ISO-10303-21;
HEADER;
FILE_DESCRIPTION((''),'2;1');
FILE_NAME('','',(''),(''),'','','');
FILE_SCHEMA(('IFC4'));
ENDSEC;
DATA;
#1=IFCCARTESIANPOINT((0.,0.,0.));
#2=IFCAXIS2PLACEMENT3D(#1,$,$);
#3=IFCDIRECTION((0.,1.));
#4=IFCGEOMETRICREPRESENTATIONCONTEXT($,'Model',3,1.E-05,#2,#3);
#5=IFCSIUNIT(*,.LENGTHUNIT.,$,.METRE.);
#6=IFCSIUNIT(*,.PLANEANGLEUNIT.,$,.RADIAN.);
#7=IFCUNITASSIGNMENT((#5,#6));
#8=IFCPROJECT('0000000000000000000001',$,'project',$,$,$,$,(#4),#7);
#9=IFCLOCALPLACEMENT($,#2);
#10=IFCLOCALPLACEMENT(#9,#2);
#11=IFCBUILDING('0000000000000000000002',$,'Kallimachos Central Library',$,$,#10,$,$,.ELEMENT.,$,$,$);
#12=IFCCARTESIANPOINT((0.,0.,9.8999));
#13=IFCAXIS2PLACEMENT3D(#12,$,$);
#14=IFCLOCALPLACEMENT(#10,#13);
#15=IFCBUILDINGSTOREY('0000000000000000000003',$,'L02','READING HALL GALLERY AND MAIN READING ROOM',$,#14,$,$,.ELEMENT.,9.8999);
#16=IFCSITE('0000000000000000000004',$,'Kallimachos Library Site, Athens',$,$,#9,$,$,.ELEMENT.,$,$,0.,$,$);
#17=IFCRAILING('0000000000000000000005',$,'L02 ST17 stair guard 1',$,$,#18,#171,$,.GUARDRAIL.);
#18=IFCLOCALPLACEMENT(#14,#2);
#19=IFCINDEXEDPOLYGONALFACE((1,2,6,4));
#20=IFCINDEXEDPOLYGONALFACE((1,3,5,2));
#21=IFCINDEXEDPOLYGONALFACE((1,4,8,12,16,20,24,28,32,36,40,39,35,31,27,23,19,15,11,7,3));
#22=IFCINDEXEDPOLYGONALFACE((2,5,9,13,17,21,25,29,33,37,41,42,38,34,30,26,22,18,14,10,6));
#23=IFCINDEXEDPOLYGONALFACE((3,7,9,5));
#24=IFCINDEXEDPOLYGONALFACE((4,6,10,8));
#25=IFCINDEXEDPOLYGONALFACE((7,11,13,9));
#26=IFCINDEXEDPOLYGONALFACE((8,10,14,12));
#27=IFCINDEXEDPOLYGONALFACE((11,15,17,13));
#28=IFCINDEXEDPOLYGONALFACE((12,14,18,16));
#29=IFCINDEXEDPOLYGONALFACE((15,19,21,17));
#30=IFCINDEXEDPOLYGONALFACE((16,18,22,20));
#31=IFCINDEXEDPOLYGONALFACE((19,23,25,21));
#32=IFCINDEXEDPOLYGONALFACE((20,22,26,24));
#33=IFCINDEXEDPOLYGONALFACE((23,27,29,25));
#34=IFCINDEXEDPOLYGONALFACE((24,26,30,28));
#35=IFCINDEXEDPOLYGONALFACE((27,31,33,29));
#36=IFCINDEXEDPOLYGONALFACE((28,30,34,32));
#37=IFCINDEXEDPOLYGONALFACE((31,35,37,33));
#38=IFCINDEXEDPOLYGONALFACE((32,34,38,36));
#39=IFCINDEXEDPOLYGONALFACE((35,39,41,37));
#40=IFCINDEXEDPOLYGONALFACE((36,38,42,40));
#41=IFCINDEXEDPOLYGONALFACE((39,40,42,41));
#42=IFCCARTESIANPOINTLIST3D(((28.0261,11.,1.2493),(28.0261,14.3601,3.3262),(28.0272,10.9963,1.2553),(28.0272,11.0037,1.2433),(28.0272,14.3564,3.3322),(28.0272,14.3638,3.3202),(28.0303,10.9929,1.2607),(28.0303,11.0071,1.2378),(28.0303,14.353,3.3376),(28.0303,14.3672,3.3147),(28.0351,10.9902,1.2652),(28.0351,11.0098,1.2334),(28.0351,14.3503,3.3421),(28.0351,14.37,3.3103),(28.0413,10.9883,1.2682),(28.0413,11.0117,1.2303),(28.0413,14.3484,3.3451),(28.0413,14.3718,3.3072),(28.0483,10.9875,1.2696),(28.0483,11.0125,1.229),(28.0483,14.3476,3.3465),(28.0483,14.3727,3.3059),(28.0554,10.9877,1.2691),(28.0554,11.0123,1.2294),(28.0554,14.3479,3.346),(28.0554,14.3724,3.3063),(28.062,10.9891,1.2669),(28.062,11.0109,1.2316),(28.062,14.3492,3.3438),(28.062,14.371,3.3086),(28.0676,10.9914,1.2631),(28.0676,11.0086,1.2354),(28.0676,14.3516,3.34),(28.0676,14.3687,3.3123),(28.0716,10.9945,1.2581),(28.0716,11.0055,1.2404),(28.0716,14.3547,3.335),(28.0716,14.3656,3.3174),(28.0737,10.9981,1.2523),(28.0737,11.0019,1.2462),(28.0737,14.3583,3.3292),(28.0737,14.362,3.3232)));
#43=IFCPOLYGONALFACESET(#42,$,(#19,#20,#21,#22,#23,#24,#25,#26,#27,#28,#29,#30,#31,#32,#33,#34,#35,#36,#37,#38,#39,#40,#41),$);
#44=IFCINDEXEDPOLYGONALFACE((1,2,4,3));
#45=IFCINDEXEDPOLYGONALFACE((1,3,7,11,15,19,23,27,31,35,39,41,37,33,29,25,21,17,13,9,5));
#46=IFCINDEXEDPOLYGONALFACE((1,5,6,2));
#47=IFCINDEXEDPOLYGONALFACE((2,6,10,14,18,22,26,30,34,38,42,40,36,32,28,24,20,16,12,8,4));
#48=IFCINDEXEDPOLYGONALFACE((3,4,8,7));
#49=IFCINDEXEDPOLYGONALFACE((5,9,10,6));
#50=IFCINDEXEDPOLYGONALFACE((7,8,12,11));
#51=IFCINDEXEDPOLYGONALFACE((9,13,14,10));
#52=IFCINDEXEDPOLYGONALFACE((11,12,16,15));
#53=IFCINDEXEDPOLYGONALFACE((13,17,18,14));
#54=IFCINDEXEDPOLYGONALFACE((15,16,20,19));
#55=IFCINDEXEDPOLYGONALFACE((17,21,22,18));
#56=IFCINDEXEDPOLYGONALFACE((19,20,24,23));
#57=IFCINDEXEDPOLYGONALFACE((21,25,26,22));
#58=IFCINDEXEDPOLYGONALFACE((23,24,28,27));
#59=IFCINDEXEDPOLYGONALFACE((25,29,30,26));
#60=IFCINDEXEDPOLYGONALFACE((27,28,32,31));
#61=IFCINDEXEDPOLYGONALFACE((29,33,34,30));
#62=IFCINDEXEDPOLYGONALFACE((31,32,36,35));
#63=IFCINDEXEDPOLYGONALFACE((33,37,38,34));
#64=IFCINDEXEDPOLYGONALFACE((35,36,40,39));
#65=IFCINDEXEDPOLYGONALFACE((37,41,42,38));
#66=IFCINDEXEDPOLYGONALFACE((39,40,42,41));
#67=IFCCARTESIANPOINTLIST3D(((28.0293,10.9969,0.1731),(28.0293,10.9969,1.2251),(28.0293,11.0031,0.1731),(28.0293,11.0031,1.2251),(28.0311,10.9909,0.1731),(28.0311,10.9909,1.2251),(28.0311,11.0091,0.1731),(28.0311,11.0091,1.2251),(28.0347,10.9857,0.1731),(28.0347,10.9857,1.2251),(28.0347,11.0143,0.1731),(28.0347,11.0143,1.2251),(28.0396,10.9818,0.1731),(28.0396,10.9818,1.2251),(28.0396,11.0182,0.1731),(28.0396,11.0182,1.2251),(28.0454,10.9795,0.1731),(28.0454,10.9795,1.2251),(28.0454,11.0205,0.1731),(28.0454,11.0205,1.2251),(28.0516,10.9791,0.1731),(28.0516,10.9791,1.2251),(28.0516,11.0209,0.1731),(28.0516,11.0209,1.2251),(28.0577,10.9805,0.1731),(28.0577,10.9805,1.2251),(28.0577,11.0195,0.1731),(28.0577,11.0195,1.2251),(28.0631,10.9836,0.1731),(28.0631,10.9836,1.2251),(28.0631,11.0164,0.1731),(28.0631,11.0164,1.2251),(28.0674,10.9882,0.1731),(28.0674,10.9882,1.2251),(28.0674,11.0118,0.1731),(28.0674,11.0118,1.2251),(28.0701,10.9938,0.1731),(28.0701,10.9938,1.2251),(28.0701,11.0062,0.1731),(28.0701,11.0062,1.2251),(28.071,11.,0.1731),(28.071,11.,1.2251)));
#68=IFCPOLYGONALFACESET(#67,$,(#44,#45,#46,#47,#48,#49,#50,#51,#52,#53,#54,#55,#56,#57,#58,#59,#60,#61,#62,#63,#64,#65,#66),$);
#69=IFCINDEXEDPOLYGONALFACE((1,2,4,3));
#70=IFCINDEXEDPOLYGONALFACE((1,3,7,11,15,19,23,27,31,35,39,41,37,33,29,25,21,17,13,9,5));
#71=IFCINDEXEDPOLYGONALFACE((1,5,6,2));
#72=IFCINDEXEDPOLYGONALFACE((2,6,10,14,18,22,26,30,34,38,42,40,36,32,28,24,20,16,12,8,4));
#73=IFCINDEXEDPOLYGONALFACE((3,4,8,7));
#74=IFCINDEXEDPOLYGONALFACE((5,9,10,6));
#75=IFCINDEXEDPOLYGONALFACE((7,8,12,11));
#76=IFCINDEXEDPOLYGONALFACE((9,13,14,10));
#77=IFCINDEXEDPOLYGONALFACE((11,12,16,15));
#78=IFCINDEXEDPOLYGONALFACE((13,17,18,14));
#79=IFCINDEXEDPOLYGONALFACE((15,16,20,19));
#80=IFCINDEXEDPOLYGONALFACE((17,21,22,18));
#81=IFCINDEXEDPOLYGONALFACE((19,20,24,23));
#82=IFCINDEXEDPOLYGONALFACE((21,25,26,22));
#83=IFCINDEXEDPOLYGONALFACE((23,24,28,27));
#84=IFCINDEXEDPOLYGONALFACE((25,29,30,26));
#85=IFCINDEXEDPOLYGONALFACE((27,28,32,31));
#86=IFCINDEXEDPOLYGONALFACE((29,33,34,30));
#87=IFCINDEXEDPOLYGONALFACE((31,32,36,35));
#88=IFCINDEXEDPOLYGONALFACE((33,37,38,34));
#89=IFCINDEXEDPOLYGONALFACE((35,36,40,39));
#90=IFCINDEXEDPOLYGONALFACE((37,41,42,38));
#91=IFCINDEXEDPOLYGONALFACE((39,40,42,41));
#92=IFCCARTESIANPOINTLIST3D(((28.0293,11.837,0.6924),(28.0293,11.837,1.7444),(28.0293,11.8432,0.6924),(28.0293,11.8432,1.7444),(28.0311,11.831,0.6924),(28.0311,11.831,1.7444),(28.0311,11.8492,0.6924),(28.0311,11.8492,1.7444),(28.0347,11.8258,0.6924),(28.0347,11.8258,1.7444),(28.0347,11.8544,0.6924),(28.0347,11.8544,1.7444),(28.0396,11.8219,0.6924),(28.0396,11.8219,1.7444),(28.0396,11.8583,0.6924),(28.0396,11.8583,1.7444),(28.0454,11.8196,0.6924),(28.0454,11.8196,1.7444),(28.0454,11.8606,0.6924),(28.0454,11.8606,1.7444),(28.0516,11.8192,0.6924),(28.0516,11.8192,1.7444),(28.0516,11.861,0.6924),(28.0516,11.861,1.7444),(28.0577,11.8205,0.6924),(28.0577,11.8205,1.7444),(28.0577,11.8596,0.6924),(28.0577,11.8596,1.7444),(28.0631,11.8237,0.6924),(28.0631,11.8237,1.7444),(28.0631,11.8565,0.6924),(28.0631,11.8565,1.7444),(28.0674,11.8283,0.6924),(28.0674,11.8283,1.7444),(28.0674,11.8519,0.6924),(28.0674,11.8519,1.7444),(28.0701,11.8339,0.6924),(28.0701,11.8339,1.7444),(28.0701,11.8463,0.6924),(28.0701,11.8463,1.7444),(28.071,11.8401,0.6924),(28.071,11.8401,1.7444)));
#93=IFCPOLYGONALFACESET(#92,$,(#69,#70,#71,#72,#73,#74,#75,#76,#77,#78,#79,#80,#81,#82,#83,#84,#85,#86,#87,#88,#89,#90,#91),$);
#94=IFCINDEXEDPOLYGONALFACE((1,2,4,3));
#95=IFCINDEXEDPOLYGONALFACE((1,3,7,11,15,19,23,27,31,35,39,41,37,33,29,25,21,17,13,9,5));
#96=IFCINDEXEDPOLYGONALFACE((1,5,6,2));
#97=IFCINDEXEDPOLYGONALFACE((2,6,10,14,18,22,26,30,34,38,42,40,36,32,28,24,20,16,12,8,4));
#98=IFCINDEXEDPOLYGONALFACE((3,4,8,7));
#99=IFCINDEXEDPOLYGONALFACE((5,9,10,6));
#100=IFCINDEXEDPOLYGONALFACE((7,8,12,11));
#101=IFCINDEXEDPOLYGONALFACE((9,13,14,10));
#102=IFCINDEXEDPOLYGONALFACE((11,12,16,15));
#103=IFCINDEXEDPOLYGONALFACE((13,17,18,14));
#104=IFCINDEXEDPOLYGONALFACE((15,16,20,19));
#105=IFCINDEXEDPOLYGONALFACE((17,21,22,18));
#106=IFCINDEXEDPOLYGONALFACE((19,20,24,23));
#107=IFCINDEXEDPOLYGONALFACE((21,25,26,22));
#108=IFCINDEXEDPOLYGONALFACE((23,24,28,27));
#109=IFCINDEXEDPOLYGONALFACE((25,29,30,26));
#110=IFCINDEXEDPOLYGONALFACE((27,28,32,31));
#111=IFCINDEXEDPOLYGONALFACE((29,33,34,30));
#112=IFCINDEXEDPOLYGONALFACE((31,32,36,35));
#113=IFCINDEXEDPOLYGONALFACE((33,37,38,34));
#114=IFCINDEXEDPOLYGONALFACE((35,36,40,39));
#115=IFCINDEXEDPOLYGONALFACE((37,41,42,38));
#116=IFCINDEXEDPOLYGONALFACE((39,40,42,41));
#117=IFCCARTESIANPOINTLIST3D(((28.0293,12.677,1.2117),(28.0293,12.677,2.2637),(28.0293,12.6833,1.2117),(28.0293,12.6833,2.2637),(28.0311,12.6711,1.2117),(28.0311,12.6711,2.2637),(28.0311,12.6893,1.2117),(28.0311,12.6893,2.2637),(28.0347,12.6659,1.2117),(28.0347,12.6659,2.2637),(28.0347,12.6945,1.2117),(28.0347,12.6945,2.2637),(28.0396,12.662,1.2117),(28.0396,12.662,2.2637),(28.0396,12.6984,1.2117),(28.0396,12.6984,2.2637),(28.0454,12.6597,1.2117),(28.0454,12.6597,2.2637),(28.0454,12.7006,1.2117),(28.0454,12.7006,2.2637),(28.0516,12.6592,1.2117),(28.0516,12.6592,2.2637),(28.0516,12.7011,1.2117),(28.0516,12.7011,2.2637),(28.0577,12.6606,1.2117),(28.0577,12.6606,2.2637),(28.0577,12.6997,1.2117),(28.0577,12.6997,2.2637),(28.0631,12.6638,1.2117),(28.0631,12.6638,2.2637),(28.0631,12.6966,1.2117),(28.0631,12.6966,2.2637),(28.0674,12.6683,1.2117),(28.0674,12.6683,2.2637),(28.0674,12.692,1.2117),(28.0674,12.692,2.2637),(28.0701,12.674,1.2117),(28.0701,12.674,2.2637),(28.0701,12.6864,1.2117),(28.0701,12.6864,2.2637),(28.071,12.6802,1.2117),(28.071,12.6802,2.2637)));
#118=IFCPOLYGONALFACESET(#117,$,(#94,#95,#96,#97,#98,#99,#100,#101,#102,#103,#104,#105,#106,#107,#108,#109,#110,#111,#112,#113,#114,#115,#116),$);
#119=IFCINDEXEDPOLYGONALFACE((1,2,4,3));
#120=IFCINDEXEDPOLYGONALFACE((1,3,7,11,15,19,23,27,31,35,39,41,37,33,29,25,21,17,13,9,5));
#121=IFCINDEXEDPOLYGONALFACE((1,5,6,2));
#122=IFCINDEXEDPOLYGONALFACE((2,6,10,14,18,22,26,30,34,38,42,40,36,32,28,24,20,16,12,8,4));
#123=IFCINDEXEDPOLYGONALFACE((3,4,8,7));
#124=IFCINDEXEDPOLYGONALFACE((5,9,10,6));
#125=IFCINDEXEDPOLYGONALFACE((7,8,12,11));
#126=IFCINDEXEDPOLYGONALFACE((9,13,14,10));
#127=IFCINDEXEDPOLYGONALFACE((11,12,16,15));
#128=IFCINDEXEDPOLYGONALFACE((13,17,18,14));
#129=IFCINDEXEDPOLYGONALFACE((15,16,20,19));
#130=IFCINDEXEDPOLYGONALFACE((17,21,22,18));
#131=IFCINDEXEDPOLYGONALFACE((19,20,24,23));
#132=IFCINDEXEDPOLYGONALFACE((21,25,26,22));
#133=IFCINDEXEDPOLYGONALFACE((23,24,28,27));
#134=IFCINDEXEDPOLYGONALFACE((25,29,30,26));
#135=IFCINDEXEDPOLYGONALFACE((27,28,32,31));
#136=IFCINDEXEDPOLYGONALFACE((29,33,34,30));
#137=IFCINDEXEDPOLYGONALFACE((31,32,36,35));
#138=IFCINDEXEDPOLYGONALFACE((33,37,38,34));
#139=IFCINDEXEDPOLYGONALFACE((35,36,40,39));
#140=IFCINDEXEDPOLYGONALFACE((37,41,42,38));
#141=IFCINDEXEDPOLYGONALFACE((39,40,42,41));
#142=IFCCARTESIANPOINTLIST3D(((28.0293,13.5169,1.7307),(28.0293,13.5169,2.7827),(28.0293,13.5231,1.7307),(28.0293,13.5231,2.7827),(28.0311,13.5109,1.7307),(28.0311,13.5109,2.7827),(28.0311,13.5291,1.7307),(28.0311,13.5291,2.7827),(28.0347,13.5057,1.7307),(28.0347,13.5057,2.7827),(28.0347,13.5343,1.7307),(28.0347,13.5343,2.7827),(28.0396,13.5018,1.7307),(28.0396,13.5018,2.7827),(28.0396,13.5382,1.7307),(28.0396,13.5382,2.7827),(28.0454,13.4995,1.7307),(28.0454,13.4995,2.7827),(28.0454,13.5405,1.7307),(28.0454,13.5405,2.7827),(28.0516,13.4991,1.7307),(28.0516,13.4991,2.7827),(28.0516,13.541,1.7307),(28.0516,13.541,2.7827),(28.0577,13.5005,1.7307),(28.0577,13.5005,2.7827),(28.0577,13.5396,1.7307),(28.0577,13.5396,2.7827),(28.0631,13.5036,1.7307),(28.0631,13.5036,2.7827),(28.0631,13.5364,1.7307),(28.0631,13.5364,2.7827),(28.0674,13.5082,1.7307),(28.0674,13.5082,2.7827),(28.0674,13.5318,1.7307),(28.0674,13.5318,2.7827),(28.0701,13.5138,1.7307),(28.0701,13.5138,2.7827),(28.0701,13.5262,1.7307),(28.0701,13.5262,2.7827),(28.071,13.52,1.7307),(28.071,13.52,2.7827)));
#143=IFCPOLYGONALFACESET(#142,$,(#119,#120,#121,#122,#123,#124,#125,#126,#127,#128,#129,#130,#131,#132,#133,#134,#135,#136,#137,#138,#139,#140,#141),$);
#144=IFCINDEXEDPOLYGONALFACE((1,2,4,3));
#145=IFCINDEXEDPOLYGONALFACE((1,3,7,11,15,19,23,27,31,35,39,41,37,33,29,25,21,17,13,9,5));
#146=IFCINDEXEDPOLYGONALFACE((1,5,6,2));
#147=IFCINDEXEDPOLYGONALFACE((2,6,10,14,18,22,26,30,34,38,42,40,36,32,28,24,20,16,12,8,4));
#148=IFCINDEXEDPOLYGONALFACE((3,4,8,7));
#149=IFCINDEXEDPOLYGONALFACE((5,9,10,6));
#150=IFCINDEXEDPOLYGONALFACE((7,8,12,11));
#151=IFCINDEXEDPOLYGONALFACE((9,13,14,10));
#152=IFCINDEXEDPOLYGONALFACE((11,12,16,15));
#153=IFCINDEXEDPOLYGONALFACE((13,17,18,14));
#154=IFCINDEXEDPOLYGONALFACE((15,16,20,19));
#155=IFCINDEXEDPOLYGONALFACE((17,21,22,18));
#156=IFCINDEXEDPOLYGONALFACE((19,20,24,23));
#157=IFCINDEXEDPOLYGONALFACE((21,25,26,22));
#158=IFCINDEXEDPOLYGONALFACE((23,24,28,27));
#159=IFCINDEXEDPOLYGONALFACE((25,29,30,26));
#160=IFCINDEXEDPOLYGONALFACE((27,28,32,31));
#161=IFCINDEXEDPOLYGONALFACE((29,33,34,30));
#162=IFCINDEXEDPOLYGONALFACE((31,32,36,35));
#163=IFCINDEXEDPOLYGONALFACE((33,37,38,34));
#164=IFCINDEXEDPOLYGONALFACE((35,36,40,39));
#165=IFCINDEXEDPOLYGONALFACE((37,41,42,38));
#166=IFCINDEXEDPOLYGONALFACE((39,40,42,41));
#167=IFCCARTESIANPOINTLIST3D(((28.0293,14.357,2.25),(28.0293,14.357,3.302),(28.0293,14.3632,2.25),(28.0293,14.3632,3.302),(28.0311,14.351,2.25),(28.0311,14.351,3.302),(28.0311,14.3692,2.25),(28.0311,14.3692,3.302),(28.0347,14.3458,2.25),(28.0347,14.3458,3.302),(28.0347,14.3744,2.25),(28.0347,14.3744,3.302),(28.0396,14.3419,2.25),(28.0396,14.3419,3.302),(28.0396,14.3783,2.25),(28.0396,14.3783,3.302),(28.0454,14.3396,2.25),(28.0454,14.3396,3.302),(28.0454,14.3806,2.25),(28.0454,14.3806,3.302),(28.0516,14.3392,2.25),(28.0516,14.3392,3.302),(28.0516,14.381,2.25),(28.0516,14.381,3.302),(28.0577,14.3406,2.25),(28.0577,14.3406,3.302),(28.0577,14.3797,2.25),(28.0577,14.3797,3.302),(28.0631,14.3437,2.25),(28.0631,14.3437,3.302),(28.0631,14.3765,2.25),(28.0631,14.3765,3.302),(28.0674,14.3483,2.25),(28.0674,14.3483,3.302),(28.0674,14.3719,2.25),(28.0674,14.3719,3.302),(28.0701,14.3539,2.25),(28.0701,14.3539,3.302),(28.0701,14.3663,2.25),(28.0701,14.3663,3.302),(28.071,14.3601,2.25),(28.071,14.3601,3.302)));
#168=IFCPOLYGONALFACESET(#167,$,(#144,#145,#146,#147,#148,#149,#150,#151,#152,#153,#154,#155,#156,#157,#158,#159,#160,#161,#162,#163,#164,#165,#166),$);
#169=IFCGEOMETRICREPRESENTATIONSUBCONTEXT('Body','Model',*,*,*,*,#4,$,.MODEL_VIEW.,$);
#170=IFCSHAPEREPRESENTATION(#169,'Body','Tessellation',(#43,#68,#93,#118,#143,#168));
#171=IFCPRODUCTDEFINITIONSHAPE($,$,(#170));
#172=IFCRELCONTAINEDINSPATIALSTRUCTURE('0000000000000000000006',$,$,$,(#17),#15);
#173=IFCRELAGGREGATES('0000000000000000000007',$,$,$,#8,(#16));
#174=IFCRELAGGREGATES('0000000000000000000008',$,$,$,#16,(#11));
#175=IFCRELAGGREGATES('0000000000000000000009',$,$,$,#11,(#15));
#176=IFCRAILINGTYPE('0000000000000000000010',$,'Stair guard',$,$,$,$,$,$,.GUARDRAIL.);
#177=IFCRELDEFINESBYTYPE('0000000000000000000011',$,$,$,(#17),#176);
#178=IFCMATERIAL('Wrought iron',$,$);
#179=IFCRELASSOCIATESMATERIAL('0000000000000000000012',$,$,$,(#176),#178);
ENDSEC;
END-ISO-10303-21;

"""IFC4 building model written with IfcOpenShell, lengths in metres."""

from ifc_helpers import new_model, si_unit, direction, frame, origin, origin_2d, place, context, subcontext, project, spatial, circle, extrude, material, type_object, element, save


model = new_model("IFC4")

# Units and contexts
model_context = context("Model", 3, precision=1e-05, world=origin(), true_north=direction((0.0, 1.0)))
body_context = subcontext(model_context, "Body", "Model", "MODEL_VIEW")
ifc_project = project(units=[si_unit("LENGTHUNIT", "METRE"), si_unit("PLANEANGLEUNIT", "RADIAN")], contexts=[model_context])

# Site, building, storey
site_placement = place(None, origin())
site = spatial("IfcSite", under=ifc_project, at=site_placement, Name="Kallimachos Library Site, Athens", CompositionType="ELEMENT", RefElevation=0.0)
building_placement = place(site_placement, origin())
building = spatial("IfcBuilding", under=site, at=building_placement, Name="Kallimachos Central Library", CompositionType="ELEMENT")
storey_placement = place(building_placement, frame((0.0, 0.0, 9.8999)))
storey = spatial("IfcBuildingStorey", under=building, at=storey_placement, Name="L02", Description="READING HALL GALLERY AND MAIN READING ROOM", CompositionType="ELEMENT", Elevation=9.8999)

# Railing
ifc_material_1 = material(Name="Wrought iron")
railing_type_1 = type_object("IfcRailingType", Name="Stair guard", PredefinedType="GUARDRAIL", material=ifc_material_1)
railing_1_placement = place(storey_placement, frame((28.05, 11.0, 0.1731)))
element("IfcRailing", 1, at=railing_1_placement, inside=storey, type_object=railing_type_1, Name="L02 ST17 stair guard 1", PredefinedType="GUARDRAIL", context=body_context, shape_type="SweptSolid", body=[
    extrude(circle(Radius=0.0239, at=origin_2d()), frame((0.0, 0.0, 1.0762), z_axis=(0.0, 0.850623, 0.525776), x_axis=(-1.0, 0.0, 0.0)), (0.0, 0.0, 1.0), 3.9502),
    extrude(circle(Radius=0.021, at=origin_2d()), origin(), (0.0, 0.0, 1.0), 1.052),
    extrude(circle(Radius=0.021, at=origin_2d()), frame((0.0, 0.8401, 0.5193)), (0.0, 0.0, 1.0), 1.052),
    extrude(circle(Radius=0.021, at=origin_2d()), frame((0.0, 1.6802, 1.0386)), (0.0, 0.0, 1.0), 1.052),
    extrude(circle(Radius=0.021, at=origin_2d()), frame((0.0, 2.52, 1.5576)), (0.0, 0.0, 1.0), 1.052),
    extrude(circle(Radius=0.021, at=origin_2d()), frame((0.0, 3.3601, 2.0769)), (0.0, 0.0, 1.0), 1.052),
])

save(model, "model.ifc")
